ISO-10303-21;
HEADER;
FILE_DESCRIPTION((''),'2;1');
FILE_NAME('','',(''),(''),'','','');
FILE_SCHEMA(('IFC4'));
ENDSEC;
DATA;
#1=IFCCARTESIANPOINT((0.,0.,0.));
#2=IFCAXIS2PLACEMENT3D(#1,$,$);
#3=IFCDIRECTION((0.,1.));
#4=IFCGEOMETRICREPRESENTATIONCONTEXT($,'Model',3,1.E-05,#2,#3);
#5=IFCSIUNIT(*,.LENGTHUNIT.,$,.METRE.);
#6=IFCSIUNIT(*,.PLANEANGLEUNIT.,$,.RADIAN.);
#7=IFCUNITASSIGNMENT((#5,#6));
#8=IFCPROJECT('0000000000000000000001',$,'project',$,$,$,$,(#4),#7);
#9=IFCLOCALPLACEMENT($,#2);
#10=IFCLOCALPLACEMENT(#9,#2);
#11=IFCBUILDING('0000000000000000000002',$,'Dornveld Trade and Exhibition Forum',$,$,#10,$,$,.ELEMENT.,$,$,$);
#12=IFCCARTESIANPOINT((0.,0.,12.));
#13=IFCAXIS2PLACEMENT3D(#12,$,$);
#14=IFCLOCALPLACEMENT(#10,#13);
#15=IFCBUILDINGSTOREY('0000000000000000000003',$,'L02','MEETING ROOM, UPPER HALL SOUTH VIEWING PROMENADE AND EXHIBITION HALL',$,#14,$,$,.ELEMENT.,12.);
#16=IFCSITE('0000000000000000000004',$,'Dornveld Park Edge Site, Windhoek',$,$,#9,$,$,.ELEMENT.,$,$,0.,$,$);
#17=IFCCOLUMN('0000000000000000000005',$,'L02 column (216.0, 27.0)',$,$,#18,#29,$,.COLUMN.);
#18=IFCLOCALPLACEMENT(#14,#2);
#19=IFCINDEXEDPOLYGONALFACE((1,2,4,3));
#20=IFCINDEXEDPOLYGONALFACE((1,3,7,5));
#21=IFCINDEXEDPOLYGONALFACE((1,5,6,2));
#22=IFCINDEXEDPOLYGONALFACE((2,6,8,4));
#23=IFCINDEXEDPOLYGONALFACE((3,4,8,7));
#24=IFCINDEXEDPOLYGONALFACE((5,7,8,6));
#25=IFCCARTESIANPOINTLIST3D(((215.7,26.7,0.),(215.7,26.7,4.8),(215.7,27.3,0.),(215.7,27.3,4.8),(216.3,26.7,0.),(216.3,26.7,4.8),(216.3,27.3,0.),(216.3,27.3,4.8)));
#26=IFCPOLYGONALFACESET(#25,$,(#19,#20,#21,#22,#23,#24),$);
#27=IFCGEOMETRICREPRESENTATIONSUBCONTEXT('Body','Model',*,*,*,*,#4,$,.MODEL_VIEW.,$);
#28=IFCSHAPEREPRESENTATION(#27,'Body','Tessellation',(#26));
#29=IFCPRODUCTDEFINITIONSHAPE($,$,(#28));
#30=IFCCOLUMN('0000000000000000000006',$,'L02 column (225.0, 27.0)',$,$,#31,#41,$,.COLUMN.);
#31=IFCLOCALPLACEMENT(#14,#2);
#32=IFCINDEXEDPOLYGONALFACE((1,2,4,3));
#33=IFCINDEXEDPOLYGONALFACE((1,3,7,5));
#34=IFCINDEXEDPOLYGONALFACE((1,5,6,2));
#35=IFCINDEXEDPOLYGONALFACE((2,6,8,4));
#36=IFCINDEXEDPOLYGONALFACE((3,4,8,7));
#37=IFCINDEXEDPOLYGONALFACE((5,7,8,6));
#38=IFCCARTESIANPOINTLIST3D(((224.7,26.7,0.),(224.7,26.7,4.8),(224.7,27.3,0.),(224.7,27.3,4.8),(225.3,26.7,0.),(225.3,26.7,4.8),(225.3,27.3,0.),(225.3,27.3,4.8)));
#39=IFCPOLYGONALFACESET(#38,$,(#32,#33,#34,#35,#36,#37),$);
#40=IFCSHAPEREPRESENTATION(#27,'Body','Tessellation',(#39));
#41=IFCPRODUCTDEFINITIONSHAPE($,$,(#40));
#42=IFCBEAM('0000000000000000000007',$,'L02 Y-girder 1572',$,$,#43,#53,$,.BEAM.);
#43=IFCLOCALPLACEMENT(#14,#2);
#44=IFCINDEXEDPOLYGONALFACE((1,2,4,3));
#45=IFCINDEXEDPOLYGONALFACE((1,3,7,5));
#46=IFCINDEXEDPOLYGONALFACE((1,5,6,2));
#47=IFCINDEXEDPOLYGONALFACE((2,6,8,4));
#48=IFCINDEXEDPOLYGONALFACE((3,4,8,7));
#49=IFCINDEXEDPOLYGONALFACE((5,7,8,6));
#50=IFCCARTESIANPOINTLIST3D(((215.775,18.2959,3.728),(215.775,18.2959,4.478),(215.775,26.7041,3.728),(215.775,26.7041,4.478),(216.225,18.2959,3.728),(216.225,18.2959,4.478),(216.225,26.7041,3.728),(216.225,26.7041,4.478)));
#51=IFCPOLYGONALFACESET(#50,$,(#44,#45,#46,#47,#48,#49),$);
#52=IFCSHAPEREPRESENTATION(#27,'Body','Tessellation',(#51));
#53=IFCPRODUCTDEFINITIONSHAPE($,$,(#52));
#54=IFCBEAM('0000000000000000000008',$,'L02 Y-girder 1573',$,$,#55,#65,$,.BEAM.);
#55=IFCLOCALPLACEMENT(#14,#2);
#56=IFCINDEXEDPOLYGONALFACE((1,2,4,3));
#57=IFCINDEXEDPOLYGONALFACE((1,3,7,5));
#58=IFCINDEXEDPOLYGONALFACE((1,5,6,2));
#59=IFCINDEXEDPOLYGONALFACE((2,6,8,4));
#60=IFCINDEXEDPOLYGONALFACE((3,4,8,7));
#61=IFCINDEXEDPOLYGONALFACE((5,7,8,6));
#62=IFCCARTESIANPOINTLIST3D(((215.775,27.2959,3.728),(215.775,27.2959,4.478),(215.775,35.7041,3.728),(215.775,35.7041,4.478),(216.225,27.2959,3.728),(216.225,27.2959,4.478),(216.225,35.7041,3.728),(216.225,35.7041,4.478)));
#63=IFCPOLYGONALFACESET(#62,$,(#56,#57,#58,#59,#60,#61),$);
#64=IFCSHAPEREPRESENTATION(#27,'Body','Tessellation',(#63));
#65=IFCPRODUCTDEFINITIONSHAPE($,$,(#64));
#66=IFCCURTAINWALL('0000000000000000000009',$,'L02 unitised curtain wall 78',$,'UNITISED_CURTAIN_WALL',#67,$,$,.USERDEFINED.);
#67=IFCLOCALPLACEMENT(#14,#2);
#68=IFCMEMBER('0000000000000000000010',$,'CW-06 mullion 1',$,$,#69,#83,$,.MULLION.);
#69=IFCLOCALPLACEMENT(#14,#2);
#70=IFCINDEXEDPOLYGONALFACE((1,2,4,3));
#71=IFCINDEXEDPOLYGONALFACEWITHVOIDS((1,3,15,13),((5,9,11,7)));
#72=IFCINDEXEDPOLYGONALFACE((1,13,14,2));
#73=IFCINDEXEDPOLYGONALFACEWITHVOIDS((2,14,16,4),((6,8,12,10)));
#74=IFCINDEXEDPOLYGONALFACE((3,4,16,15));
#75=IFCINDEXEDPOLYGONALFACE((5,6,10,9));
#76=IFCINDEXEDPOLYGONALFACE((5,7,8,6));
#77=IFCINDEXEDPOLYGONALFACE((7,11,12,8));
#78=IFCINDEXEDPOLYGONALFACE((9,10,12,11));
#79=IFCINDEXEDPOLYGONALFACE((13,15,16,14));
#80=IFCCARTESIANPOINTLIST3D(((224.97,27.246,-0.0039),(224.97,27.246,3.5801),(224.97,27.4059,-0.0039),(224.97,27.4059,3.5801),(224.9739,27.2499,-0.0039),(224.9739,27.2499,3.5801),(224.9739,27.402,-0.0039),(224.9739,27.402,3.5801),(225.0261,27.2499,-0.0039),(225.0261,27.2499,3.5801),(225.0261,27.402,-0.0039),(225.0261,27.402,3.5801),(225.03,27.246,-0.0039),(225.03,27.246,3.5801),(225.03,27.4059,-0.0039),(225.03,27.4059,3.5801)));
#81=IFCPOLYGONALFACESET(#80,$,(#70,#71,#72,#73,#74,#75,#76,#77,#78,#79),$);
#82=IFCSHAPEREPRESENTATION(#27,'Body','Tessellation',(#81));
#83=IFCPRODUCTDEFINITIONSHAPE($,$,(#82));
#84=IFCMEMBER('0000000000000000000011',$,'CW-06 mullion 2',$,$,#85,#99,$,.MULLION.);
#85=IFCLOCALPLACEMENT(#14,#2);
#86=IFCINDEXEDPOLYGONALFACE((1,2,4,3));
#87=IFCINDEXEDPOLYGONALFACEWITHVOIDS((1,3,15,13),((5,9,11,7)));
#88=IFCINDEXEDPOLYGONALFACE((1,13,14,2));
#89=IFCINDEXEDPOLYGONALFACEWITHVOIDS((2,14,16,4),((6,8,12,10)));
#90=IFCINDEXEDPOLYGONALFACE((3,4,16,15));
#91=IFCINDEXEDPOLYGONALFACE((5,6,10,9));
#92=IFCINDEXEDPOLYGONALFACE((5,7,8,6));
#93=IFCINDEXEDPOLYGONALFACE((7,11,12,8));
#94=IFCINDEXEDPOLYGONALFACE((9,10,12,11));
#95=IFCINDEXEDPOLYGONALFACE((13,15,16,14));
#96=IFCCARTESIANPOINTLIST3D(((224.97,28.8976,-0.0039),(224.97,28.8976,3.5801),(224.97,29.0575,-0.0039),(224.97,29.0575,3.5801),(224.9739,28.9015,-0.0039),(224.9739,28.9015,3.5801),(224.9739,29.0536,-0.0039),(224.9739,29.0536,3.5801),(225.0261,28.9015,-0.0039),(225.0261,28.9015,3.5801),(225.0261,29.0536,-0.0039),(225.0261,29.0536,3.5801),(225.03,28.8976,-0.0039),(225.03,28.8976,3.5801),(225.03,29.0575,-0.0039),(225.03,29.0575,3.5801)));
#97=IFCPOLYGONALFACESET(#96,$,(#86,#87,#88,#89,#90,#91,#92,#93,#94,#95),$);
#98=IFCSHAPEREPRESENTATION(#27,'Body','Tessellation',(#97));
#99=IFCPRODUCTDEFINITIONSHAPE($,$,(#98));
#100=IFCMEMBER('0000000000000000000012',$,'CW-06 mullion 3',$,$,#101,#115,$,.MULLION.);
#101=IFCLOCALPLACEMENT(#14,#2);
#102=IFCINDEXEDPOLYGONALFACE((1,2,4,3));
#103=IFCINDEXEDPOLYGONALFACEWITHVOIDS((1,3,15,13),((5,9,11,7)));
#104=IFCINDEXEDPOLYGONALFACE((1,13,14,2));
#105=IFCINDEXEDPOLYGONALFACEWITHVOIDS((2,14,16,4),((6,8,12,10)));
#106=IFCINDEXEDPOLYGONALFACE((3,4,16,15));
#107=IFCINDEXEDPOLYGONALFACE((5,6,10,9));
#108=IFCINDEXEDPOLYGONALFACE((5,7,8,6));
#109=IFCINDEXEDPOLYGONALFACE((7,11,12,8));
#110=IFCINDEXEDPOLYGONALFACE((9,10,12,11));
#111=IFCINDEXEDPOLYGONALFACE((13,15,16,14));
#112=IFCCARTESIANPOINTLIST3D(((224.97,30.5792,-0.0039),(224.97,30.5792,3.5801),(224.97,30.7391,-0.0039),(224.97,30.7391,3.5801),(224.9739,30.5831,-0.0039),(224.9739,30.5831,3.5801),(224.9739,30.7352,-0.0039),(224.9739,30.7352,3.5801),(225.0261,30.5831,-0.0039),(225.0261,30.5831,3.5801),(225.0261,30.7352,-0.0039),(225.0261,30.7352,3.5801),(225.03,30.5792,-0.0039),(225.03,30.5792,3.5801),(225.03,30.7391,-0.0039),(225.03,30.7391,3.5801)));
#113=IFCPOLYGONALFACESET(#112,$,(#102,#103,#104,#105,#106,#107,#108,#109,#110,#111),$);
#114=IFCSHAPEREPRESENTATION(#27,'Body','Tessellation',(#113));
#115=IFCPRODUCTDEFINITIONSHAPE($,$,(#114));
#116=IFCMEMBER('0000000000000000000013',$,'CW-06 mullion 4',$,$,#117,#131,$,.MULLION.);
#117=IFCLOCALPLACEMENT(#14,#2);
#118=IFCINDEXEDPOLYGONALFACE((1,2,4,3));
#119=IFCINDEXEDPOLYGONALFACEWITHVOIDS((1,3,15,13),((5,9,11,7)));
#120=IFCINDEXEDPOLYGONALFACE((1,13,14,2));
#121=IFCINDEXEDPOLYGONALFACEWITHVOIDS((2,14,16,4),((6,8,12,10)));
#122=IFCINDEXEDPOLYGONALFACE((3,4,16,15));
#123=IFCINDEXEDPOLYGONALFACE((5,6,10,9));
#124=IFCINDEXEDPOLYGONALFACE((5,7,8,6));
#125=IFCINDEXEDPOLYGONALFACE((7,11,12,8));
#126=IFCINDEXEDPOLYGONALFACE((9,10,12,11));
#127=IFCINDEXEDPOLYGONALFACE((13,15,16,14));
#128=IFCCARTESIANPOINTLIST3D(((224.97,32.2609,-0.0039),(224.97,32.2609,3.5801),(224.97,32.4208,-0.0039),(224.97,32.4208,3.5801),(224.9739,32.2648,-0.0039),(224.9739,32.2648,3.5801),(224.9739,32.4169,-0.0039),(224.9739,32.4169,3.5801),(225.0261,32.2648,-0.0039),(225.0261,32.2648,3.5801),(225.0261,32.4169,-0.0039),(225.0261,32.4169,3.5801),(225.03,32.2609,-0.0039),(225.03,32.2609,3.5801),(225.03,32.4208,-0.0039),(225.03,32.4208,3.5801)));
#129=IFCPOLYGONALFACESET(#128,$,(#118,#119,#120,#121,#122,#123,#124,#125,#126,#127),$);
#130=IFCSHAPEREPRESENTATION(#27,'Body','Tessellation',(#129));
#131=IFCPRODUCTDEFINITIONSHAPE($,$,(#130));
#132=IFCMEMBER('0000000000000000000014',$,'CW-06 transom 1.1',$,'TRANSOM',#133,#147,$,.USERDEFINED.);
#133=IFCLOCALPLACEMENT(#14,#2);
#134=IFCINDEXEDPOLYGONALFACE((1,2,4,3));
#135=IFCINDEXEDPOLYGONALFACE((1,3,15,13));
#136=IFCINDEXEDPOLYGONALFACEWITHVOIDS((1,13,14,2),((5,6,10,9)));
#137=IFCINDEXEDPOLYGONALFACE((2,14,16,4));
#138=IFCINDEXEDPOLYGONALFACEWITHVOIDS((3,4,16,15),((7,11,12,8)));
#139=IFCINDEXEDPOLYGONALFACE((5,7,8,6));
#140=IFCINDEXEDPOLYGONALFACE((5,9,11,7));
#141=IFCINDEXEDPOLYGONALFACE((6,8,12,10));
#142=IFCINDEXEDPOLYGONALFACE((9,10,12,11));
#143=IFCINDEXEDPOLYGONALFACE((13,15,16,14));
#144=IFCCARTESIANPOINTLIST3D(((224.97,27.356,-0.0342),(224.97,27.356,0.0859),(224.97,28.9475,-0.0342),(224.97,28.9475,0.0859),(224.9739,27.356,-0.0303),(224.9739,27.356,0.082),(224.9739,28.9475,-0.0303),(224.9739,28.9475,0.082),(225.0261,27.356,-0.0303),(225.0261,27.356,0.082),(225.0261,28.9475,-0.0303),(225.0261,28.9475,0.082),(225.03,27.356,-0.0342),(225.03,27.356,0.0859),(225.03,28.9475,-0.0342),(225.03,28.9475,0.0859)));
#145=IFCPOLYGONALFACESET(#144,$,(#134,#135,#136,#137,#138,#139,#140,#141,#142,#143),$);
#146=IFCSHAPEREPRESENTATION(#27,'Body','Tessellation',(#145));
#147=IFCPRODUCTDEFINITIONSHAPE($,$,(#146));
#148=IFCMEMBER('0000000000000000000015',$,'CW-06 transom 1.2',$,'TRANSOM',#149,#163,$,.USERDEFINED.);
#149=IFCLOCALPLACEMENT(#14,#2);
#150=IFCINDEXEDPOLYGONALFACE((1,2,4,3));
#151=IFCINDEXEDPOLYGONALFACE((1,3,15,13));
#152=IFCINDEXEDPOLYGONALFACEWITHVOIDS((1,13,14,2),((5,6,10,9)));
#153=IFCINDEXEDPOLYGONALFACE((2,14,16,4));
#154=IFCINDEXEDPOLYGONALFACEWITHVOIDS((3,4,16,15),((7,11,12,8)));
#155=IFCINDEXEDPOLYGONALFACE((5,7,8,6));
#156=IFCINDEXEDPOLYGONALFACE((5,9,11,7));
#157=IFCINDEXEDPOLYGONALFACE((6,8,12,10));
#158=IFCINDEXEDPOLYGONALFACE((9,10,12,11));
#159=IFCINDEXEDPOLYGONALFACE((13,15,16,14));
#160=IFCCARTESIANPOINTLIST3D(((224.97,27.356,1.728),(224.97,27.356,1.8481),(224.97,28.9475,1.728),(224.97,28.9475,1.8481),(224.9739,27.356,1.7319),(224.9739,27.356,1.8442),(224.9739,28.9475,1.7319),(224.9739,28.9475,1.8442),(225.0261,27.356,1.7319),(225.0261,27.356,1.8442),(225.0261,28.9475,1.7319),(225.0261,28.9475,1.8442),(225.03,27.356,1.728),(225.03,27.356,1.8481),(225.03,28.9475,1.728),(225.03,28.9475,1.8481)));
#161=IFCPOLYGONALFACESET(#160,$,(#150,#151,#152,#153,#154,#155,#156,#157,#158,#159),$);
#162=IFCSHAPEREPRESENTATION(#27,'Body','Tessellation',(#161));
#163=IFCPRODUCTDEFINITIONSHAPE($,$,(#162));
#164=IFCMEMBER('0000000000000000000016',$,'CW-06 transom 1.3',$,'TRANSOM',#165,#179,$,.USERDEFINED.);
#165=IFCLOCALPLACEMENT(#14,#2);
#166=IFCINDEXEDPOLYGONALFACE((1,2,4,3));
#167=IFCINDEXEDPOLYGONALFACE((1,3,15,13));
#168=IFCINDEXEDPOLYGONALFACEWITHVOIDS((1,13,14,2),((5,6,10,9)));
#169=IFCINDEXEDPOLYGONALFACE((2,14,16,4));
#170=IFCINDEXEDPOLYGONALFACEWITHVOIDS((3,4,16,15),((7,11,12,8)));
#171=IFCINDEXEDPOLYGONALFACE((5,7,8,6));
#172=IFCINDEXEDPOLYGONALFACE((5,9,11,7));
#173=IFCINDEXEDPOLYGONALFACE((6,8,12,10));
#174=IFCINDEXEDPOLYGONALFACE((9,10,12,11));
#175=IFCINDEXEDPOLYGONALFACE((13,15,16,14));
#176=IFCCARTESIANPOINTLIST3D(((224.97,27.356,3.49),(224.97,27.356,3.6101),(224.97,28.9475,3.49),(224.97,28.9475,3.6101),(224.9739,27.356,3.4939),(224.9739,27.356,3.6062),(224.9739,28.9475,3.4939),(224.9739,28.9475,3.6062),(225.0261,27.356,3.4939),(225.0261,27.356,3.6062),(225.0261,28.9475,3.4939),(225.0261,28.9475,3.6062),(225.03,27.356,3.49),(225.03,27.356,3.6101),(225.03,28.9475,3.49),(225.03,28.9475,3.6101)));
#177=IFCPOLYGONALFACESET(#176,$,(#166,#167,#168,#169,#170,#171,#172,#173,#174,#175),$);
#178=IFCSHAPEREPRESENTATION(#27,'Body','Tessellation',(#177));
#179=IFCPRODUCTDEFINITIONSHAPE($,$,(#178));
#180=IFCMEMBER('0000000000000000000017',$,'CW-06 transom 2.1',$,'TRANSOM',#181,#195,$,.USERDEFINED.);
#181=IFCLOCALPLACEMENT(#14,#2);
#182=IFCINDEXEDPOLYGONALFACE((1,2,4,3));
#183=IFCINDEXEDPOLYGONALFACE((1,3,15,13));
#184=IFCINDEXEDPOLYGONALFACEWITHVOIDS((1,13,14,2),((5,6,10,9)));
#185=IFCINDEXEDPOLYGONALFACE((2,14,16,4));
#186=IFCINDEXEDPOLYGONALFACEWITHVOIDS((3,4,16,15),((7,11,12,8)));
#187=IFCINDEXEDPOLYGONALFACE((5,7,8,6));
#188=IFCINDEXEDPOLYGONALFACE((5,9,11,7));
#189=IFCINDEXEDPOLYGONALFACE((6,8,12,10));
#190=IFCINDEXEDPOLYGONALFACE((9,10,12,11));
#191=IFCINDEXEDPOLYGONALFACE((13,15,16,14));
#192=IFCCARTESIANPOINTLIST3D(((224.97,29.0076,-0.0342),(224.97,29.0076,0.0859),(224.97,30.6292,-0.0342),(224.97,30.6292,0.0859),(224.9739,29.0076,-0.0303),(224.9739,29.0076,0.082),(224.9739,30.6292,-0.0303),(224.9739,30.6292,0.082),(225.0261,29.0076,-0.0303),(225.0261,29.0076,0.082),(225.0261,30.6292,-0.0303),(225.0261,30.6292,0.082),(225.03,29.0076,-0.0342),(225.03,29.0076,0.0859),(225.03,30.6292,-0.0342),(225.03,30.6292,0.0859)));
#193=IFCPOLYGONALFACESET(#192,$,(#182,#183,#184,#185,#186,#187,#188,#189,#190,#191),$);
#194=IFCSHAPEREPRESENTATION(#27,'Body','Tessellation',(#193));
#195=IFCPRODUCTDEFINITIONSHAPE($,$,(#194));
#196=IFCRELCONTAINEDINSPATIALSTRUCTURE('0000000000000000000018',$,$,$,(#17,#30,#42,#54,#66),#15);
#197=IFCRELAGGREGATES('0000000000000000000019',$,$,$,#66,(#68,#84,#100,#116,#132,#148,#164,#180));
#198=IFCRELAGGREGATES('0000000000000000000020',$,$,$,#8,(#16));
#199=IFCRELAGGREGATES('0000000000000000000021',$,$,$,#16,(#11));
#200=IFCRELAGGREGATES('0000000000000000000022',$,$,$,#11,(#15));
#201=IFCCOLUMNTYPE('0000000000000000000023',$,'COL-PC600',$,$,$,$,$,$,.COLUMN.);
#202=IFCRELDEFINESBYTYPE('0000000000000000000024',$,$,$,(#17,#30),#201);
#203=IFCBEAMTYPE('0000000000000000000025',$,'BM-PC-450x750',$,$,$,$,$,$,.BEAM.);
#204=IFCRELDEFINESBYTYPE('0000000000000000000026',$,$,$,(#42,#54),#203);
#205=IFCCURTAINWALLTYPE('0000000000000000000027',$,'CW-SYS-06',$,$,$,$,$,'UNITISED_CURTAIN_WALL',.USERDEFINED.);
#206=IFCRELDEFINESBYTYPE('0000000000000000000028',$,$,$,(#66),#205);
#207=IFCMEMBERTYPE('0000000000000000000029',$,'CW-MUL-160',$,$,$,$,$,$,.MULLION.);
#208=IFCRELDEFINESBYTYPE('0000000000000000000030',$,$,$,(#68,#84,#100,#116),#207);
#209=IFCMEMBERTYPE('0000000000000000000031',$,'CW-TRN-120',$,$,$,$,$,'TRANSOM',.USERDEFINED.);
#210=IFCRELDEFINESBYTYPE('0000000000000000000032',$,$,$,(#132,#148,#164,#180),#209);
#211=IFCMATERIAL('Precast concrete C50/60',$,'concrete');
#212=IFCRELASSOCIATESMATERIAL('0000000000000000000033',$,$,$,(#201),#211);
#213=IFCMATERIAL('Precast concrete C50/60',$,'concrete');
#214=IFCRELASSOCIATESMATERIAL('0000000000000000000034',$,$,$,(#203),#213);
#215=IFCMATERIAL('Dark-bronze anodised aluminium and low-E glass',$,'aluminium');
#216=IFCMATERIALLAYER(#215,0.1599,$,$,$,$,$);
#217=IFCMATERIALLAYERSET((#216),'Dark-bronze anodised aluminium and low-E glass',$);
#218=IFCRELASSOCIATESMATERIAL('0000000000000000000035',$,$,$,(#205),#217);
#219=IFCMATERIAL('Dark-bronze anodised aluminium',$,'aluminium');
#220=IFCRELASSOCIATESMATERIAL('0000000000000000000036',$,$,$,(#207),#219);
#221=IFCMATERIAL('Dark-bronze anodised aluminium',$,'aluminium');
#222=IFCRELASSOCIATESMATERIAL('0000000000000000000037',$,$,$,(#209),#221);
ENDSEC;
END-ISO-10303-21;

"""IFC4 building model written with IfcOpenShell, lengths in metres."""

from ifc_helpers import new_model, si_unit, direction, frame, origin, origin_2d, place, context, subcontext, project, spatial, rectangle, hollow_rectangle, extrude, material, layer, layer_set, material_profile, profile_set, type_object, element, aggregate, save


model = new_model("IFC4")

# Units and contexts
model_context = context("Model", 3, precision=1e-05, world=origin(), true_north=direction((0.0, 1.0)))
body_context = subcontext(model_context, "Body", "Model", "MODEL_VIEW")
ifc_project = project(units=[si_unit("LENGTHUNIT", "METRE"), si_unit("PLANEANGLEUNIT", "RADIAN")], contexts=[model_context])

# Site, building, storey
site_placement = place(None, origin())
site = spatial("IfcSite", under=ifc_project, at=site_placement, Name="Dornveld Park Edge Site, Windhoek", CompositionType="ELEMENT", RefElevation=0.0)
building_placement = place(site_placement, origin())
building = spatial("IfcBuilding", under=site, at=building_placement, Name="Dornveld Trade and Exhibition Forum", CompositionType="ELEMENT")
storey_placement = place(building_placement, frame((0.0, 0.0, 12.0)))
storey = spatial("IfcBuildingStorey", under=building, at=storey_placement, Name="L02", Description="MEETING ROOM, UPPER HALL SOUTH VIEWING PROMENADE AND EXHIBITION HALL", CompositionType="ELEMENT", Elevation=12.0)

# Columns
ifc_material_1 = material(Name="Precast concrete C50/60", Category="concrete")
ifc_material_profile_1 = material_profile(ifc_material_1, rectangle(XDim=0.6001, YDim=0.6001, at=origin_2d()), Name="PC-COL 600x600")
ifc_profile_set_1 = profile_set([ifc_material_profile_1], Name="Precast concrete C50/60")
column_type = type_object("IfcColumnType", Name="COL-PC600", PredefinedType="COLUMN", material=ifc_profile_set_1)
for number, where, z_axis, x_axis, name in (
    (1, (216.0, 27.0, 0.0), (0.0, 0.0, 1.0), (1.0, 0.0, 0.0), "L02 column (216.0, 27.0)"),
    (2, (225.0, 27.0, 0.0), (0.0, 0.0, 1.0), (1.0, 0.0, 0.0), "L02 column (225.0, 27.0)"),
):
    element("IfcColumn", number, at=place(storey_placement, frame(where, z_axis=z_axis, x_axis=x_axis)), inside=storey, type_object=column_type, Name=name, PredefinedType="COLUMN", context=body_context, shape_type="SweptSolid", body=[
        extrude(rectangle(XDim=0.6001, YDim=0.6001, at=origin_2d()), origin(), (0.0, 0.0, 1.0), 4.8),
    ])

# Beams
ifc_material_2 = material(Name="Precast concrete C50/60", Category="concrete")
ifc_material_profile_2 = material_profile(ifc_material_2, rectangle(XDim=0.45, YDim=0.75, at=origin_2d()), Name="PC-BM 450x750")
ifc_profile_set_2 = profile_set([ifc_material_profile_2], Name="Precast concrete C50/60")
beam_type = type_object("IfcBeamType", Name="BM-PC-450x750", PredefinedType="BEAM", material=ifc_profile_set_2)
for number, where, z_axis, x_axis, name in (
    (3, (216.0, 18.2959, 4.103), (0.0, 1.0, 0.0), (-1.0, 0.0, 0.0), "L02 Y-girder 1572"),
    (4, (216.0, 27.2959, 4.103), (0.0, 1.0, 0.0), (-1.0, 0.0, 0.0), "L02 Y-girder 1573"),
):
    element("IfcBeam", number, at=place(storey_placement, frame(where, z_axis=z_axis, x_axis=x_axis)), inside=storey, type_object=beam_type, Name=name, PredefinedType="BEAM", context=body_context, shape_type="SweptSolid", body=[
        extrude(rectangle(XDim=0.45, YDim=0.75, at=origin_2d()), origin(), (0.0, 0.0, 1.0), 8.4082),
    ])

# Curtain wall, members
ifc_material_3 = material(Name="Dark-bronze anodised aluminium and low-E glass", Category="aluminium")
ifc_layer_1 = layer(ifc_material_3, 0.1599)
ifc_layer_set_1 = layer_set([ifc_layer_1], Name="Dark-bronze anodised aluminium and low-E glass")
curtain_wall_type = type_object("IfcCurtainWallType", Name="CW-SYS-06", ElementType="UNITISED_CURTAIN_WALL", PredefinedType="USERDEFINED", material=ifc_layer_set_1)
curtain_wall_placement = place(storey_placement, origin())
curtain_wall = element("IfcCurtainWall", 5, at=curtain_wall_placement, inside=storey, type_object=curtain_wall_type, Name="L02 unitised curtain wall 78", ObjectType="UNITISED_CURTAIN_WALL", PredefinedType="USERDEFINED")
ifc_material_4 = material(Name="Dark-bronze anodised aluminium", Category="aluminium")
ifc_material_profile_3 = material_profile(ifc_material_4, hollow_rectangle(XDim=0.0601, YDim=0.1599, WallThickness=0.0039, at=origin_2d()), Name="RHS 160x60x4")
ifc_profile_set_3 = profile_set([ifc_material_profile_3], Name="Dark-bronze anodised aluminium")
member_type_1 = type_object("IfcMemberType", Name="CW-MUL-160", PredefinedType="MULLION", material=ifc_profile_set_3)
member_1_placement = place(storey_placement, frame((225.0, 27.3259, -0.0039), z_axis=(0.0, 0.0, 1.0), x_axis=(-1.0, 0.0, 0.0)))
member_1 = element("IfcMember", 6, at=member_1_placement, type_object=member_type_1, Name="CW-06 mullion 1", PredefinedType="MULLION", context=body_context, shape_type="SweptSolid", body=[
    extrude(hollow_rectangle(XDim=0.0601, YDim=0.1599, WallThickness=0.0039, at=origin_2d()), origin(), (0.0, 0.0, 1.0), 3.584),
])
member_2_placement = place(storey_placement, frame((225.0, 28.9775, -0.0039), z_axis=(0.0, 0.0, 1.0), x_axis=(-1.0, 0.0, 0.0)))
member_2 = element("IfcMember", 7, at=member_2_placement, type_object=member_type_1, Name="CW-06 mullion 2", PredefinedType="MULLION", context=body_context, shape_type="SweptSolid", body=[
    extrude(hollow_rectangle(XDim=0.0601, YDim=0.1599, WallThickness=0.0039, at=origin_2d()), origin(), (0.0, 0.0, 1.0), 3.584),
])
member_3_placement = place(storey_placement, frame((225.0, 30.6592, -0.0039), z_axis=(0.0, 0.0, 1.0), x_axis=(-1.0, 0.0, 0.0)))
member_3 = element("IfcMember", 8, at=member_3_placement, type_object=member_type_1, Name="CW-06 mullion 3", PredefinedType="MULLION", context=body_context, shape_type="SweptSolid", body=[
    extrude(hollow_rectangle(XDim=0.0601, YDim=0.1599, WallThickness=0.0039, at=origin_2d()), origin(), (0.0, 0.0, 1.0), 3.584),
])
member_4_placement = place(storey_placement, frame((225.0, 32.3408, -0.0039), z_axis=(0.0, 0.0, 1.0), x_axis=(-1.0, 0.0, 0.0)))
member_4 = element("IfcMember", 9, at=member_4_placement, type_object=member_type_1, Name="CW-06 mullion 4", PredefinedType="MULLION", context=body_context, shape_type="SweptSolid", body=[
    extrude(hollow_rectangle(XDim=0.0601, YDim=0.1599, WallThickness=0.0039, at=origin_2d()), origin(), (0.0, 0.0, 1.0), 3.584),
])
ifc_material_5 = material(Name="Dark-bronze anodised aluminium", Category="aluminium")
ifc_material_profile_4 = material_profile(ifc_material_5, hollow_rectangle(XDim=0.0601, YDim=0.1201, WallThickness=0.0039, at=origin_2d()), Name="RHS 120x60x4")
ifc_profile_set_4 = profile_set([ifc_material_profile_4], Name="Dark-bronze anodised aluminium")
member_type_2 = type_object("IfcMemberType", Name="CW-TRN-120", ElementType="TRANSOM", PredefinedType="USERDEFINED", material=ifc_profile_set_4)
member_5_placement = place(storey_placement, frame((225.0, 27.356, 0.0259), z_axis=(0.0, 1.0, 0.0), x_axis=(-1.0, 0.0, 0.0)))
member_5 = element("IfcMember", 10, at=member_5_placement, type_object=member_type_2, Name="CW-06 transom 1.1", ObjectType="TRANSOM", PredefinedType="USERDEFINED", context=body_context, shape_type="SweptSolid", body=[
    extrude(hollow_rectangle(XDim=0.0601, YDim=0.1201, WallThickness=0.0039, at=origin_2d()), origin(), (0.0, 0.0, 1.0), 1.5916),
])
member_6_placement = place(storey_placement, frame((225.0, 27.356, 1.7881), z_axis=(0.0, 1.0, 0.0), x_axis=(-1.0, 0.0, 0.0)))
member_6 = element("IfcMember", 11, at=member_6_placement, type_object=member_type_2, Name="CW-06 transom 1.2", ObjectType="TRANSOM", PredefinedType="USERDEFINED", context=body_context, shape_type="SweptSolid", body=[
    extrude(hollow_rectangle(XDim=0.0601, YDim=0.1201, WallThickness=0.0039, at=origin_2d()), origin(), (0.0, 0.0, 1.0), 1.5916),
])
member_7_placement = place(storey_placement, frame((225.0, 27.356, 3.55), z_axis=(0.0, 1.0, 0.0), x_axis=(-1.0, 0.0, 0.0)))
member_7 = element("IfcMember", 12, at=member_7_placement, type_object=member_type_2, Name="CW-06 transom 1.3", ObjectType="TRANSOM", PredefinedType="USERDEFINED", context=body_context, shape_type="SweptSolid", body=[
    extrude(hollow_rectangle(XDim=0.0601, YDim=0.1201, WallThickness=0.0039, at=origin_2d()), origin(), (0.0, 0.0, 1.0), 1.5916),
])
member_8_placement = place(storey_placement, frame((225.0, 29.0076, 0.0259), z_axis=(0.0, 1.0, 0.0), x_axis=(-1.0, 0.0, 0.0)))
member_8 = element("IfcMember", 13, at=member_8_placement, type_object=member_type_2, Name="CW-06 transom 2.1", ObjectType="TRANSOM", PredefinedType="USERDEFINED", context=body_context, shape_type="SweptSolid", body=[
    extrude(hollow_rectangle(XDim=0.0601, YDim=0.1201, WallThickness=0.0039, at=origin_2d()), origin(), (0.0, 0.0, 1.0), 1.6216),
])
aggregate(curtain_wall, [member_1, member_2, member_3, member_4, member_5, member_6, member_7, member_8])

save(model, "model.ifc")
